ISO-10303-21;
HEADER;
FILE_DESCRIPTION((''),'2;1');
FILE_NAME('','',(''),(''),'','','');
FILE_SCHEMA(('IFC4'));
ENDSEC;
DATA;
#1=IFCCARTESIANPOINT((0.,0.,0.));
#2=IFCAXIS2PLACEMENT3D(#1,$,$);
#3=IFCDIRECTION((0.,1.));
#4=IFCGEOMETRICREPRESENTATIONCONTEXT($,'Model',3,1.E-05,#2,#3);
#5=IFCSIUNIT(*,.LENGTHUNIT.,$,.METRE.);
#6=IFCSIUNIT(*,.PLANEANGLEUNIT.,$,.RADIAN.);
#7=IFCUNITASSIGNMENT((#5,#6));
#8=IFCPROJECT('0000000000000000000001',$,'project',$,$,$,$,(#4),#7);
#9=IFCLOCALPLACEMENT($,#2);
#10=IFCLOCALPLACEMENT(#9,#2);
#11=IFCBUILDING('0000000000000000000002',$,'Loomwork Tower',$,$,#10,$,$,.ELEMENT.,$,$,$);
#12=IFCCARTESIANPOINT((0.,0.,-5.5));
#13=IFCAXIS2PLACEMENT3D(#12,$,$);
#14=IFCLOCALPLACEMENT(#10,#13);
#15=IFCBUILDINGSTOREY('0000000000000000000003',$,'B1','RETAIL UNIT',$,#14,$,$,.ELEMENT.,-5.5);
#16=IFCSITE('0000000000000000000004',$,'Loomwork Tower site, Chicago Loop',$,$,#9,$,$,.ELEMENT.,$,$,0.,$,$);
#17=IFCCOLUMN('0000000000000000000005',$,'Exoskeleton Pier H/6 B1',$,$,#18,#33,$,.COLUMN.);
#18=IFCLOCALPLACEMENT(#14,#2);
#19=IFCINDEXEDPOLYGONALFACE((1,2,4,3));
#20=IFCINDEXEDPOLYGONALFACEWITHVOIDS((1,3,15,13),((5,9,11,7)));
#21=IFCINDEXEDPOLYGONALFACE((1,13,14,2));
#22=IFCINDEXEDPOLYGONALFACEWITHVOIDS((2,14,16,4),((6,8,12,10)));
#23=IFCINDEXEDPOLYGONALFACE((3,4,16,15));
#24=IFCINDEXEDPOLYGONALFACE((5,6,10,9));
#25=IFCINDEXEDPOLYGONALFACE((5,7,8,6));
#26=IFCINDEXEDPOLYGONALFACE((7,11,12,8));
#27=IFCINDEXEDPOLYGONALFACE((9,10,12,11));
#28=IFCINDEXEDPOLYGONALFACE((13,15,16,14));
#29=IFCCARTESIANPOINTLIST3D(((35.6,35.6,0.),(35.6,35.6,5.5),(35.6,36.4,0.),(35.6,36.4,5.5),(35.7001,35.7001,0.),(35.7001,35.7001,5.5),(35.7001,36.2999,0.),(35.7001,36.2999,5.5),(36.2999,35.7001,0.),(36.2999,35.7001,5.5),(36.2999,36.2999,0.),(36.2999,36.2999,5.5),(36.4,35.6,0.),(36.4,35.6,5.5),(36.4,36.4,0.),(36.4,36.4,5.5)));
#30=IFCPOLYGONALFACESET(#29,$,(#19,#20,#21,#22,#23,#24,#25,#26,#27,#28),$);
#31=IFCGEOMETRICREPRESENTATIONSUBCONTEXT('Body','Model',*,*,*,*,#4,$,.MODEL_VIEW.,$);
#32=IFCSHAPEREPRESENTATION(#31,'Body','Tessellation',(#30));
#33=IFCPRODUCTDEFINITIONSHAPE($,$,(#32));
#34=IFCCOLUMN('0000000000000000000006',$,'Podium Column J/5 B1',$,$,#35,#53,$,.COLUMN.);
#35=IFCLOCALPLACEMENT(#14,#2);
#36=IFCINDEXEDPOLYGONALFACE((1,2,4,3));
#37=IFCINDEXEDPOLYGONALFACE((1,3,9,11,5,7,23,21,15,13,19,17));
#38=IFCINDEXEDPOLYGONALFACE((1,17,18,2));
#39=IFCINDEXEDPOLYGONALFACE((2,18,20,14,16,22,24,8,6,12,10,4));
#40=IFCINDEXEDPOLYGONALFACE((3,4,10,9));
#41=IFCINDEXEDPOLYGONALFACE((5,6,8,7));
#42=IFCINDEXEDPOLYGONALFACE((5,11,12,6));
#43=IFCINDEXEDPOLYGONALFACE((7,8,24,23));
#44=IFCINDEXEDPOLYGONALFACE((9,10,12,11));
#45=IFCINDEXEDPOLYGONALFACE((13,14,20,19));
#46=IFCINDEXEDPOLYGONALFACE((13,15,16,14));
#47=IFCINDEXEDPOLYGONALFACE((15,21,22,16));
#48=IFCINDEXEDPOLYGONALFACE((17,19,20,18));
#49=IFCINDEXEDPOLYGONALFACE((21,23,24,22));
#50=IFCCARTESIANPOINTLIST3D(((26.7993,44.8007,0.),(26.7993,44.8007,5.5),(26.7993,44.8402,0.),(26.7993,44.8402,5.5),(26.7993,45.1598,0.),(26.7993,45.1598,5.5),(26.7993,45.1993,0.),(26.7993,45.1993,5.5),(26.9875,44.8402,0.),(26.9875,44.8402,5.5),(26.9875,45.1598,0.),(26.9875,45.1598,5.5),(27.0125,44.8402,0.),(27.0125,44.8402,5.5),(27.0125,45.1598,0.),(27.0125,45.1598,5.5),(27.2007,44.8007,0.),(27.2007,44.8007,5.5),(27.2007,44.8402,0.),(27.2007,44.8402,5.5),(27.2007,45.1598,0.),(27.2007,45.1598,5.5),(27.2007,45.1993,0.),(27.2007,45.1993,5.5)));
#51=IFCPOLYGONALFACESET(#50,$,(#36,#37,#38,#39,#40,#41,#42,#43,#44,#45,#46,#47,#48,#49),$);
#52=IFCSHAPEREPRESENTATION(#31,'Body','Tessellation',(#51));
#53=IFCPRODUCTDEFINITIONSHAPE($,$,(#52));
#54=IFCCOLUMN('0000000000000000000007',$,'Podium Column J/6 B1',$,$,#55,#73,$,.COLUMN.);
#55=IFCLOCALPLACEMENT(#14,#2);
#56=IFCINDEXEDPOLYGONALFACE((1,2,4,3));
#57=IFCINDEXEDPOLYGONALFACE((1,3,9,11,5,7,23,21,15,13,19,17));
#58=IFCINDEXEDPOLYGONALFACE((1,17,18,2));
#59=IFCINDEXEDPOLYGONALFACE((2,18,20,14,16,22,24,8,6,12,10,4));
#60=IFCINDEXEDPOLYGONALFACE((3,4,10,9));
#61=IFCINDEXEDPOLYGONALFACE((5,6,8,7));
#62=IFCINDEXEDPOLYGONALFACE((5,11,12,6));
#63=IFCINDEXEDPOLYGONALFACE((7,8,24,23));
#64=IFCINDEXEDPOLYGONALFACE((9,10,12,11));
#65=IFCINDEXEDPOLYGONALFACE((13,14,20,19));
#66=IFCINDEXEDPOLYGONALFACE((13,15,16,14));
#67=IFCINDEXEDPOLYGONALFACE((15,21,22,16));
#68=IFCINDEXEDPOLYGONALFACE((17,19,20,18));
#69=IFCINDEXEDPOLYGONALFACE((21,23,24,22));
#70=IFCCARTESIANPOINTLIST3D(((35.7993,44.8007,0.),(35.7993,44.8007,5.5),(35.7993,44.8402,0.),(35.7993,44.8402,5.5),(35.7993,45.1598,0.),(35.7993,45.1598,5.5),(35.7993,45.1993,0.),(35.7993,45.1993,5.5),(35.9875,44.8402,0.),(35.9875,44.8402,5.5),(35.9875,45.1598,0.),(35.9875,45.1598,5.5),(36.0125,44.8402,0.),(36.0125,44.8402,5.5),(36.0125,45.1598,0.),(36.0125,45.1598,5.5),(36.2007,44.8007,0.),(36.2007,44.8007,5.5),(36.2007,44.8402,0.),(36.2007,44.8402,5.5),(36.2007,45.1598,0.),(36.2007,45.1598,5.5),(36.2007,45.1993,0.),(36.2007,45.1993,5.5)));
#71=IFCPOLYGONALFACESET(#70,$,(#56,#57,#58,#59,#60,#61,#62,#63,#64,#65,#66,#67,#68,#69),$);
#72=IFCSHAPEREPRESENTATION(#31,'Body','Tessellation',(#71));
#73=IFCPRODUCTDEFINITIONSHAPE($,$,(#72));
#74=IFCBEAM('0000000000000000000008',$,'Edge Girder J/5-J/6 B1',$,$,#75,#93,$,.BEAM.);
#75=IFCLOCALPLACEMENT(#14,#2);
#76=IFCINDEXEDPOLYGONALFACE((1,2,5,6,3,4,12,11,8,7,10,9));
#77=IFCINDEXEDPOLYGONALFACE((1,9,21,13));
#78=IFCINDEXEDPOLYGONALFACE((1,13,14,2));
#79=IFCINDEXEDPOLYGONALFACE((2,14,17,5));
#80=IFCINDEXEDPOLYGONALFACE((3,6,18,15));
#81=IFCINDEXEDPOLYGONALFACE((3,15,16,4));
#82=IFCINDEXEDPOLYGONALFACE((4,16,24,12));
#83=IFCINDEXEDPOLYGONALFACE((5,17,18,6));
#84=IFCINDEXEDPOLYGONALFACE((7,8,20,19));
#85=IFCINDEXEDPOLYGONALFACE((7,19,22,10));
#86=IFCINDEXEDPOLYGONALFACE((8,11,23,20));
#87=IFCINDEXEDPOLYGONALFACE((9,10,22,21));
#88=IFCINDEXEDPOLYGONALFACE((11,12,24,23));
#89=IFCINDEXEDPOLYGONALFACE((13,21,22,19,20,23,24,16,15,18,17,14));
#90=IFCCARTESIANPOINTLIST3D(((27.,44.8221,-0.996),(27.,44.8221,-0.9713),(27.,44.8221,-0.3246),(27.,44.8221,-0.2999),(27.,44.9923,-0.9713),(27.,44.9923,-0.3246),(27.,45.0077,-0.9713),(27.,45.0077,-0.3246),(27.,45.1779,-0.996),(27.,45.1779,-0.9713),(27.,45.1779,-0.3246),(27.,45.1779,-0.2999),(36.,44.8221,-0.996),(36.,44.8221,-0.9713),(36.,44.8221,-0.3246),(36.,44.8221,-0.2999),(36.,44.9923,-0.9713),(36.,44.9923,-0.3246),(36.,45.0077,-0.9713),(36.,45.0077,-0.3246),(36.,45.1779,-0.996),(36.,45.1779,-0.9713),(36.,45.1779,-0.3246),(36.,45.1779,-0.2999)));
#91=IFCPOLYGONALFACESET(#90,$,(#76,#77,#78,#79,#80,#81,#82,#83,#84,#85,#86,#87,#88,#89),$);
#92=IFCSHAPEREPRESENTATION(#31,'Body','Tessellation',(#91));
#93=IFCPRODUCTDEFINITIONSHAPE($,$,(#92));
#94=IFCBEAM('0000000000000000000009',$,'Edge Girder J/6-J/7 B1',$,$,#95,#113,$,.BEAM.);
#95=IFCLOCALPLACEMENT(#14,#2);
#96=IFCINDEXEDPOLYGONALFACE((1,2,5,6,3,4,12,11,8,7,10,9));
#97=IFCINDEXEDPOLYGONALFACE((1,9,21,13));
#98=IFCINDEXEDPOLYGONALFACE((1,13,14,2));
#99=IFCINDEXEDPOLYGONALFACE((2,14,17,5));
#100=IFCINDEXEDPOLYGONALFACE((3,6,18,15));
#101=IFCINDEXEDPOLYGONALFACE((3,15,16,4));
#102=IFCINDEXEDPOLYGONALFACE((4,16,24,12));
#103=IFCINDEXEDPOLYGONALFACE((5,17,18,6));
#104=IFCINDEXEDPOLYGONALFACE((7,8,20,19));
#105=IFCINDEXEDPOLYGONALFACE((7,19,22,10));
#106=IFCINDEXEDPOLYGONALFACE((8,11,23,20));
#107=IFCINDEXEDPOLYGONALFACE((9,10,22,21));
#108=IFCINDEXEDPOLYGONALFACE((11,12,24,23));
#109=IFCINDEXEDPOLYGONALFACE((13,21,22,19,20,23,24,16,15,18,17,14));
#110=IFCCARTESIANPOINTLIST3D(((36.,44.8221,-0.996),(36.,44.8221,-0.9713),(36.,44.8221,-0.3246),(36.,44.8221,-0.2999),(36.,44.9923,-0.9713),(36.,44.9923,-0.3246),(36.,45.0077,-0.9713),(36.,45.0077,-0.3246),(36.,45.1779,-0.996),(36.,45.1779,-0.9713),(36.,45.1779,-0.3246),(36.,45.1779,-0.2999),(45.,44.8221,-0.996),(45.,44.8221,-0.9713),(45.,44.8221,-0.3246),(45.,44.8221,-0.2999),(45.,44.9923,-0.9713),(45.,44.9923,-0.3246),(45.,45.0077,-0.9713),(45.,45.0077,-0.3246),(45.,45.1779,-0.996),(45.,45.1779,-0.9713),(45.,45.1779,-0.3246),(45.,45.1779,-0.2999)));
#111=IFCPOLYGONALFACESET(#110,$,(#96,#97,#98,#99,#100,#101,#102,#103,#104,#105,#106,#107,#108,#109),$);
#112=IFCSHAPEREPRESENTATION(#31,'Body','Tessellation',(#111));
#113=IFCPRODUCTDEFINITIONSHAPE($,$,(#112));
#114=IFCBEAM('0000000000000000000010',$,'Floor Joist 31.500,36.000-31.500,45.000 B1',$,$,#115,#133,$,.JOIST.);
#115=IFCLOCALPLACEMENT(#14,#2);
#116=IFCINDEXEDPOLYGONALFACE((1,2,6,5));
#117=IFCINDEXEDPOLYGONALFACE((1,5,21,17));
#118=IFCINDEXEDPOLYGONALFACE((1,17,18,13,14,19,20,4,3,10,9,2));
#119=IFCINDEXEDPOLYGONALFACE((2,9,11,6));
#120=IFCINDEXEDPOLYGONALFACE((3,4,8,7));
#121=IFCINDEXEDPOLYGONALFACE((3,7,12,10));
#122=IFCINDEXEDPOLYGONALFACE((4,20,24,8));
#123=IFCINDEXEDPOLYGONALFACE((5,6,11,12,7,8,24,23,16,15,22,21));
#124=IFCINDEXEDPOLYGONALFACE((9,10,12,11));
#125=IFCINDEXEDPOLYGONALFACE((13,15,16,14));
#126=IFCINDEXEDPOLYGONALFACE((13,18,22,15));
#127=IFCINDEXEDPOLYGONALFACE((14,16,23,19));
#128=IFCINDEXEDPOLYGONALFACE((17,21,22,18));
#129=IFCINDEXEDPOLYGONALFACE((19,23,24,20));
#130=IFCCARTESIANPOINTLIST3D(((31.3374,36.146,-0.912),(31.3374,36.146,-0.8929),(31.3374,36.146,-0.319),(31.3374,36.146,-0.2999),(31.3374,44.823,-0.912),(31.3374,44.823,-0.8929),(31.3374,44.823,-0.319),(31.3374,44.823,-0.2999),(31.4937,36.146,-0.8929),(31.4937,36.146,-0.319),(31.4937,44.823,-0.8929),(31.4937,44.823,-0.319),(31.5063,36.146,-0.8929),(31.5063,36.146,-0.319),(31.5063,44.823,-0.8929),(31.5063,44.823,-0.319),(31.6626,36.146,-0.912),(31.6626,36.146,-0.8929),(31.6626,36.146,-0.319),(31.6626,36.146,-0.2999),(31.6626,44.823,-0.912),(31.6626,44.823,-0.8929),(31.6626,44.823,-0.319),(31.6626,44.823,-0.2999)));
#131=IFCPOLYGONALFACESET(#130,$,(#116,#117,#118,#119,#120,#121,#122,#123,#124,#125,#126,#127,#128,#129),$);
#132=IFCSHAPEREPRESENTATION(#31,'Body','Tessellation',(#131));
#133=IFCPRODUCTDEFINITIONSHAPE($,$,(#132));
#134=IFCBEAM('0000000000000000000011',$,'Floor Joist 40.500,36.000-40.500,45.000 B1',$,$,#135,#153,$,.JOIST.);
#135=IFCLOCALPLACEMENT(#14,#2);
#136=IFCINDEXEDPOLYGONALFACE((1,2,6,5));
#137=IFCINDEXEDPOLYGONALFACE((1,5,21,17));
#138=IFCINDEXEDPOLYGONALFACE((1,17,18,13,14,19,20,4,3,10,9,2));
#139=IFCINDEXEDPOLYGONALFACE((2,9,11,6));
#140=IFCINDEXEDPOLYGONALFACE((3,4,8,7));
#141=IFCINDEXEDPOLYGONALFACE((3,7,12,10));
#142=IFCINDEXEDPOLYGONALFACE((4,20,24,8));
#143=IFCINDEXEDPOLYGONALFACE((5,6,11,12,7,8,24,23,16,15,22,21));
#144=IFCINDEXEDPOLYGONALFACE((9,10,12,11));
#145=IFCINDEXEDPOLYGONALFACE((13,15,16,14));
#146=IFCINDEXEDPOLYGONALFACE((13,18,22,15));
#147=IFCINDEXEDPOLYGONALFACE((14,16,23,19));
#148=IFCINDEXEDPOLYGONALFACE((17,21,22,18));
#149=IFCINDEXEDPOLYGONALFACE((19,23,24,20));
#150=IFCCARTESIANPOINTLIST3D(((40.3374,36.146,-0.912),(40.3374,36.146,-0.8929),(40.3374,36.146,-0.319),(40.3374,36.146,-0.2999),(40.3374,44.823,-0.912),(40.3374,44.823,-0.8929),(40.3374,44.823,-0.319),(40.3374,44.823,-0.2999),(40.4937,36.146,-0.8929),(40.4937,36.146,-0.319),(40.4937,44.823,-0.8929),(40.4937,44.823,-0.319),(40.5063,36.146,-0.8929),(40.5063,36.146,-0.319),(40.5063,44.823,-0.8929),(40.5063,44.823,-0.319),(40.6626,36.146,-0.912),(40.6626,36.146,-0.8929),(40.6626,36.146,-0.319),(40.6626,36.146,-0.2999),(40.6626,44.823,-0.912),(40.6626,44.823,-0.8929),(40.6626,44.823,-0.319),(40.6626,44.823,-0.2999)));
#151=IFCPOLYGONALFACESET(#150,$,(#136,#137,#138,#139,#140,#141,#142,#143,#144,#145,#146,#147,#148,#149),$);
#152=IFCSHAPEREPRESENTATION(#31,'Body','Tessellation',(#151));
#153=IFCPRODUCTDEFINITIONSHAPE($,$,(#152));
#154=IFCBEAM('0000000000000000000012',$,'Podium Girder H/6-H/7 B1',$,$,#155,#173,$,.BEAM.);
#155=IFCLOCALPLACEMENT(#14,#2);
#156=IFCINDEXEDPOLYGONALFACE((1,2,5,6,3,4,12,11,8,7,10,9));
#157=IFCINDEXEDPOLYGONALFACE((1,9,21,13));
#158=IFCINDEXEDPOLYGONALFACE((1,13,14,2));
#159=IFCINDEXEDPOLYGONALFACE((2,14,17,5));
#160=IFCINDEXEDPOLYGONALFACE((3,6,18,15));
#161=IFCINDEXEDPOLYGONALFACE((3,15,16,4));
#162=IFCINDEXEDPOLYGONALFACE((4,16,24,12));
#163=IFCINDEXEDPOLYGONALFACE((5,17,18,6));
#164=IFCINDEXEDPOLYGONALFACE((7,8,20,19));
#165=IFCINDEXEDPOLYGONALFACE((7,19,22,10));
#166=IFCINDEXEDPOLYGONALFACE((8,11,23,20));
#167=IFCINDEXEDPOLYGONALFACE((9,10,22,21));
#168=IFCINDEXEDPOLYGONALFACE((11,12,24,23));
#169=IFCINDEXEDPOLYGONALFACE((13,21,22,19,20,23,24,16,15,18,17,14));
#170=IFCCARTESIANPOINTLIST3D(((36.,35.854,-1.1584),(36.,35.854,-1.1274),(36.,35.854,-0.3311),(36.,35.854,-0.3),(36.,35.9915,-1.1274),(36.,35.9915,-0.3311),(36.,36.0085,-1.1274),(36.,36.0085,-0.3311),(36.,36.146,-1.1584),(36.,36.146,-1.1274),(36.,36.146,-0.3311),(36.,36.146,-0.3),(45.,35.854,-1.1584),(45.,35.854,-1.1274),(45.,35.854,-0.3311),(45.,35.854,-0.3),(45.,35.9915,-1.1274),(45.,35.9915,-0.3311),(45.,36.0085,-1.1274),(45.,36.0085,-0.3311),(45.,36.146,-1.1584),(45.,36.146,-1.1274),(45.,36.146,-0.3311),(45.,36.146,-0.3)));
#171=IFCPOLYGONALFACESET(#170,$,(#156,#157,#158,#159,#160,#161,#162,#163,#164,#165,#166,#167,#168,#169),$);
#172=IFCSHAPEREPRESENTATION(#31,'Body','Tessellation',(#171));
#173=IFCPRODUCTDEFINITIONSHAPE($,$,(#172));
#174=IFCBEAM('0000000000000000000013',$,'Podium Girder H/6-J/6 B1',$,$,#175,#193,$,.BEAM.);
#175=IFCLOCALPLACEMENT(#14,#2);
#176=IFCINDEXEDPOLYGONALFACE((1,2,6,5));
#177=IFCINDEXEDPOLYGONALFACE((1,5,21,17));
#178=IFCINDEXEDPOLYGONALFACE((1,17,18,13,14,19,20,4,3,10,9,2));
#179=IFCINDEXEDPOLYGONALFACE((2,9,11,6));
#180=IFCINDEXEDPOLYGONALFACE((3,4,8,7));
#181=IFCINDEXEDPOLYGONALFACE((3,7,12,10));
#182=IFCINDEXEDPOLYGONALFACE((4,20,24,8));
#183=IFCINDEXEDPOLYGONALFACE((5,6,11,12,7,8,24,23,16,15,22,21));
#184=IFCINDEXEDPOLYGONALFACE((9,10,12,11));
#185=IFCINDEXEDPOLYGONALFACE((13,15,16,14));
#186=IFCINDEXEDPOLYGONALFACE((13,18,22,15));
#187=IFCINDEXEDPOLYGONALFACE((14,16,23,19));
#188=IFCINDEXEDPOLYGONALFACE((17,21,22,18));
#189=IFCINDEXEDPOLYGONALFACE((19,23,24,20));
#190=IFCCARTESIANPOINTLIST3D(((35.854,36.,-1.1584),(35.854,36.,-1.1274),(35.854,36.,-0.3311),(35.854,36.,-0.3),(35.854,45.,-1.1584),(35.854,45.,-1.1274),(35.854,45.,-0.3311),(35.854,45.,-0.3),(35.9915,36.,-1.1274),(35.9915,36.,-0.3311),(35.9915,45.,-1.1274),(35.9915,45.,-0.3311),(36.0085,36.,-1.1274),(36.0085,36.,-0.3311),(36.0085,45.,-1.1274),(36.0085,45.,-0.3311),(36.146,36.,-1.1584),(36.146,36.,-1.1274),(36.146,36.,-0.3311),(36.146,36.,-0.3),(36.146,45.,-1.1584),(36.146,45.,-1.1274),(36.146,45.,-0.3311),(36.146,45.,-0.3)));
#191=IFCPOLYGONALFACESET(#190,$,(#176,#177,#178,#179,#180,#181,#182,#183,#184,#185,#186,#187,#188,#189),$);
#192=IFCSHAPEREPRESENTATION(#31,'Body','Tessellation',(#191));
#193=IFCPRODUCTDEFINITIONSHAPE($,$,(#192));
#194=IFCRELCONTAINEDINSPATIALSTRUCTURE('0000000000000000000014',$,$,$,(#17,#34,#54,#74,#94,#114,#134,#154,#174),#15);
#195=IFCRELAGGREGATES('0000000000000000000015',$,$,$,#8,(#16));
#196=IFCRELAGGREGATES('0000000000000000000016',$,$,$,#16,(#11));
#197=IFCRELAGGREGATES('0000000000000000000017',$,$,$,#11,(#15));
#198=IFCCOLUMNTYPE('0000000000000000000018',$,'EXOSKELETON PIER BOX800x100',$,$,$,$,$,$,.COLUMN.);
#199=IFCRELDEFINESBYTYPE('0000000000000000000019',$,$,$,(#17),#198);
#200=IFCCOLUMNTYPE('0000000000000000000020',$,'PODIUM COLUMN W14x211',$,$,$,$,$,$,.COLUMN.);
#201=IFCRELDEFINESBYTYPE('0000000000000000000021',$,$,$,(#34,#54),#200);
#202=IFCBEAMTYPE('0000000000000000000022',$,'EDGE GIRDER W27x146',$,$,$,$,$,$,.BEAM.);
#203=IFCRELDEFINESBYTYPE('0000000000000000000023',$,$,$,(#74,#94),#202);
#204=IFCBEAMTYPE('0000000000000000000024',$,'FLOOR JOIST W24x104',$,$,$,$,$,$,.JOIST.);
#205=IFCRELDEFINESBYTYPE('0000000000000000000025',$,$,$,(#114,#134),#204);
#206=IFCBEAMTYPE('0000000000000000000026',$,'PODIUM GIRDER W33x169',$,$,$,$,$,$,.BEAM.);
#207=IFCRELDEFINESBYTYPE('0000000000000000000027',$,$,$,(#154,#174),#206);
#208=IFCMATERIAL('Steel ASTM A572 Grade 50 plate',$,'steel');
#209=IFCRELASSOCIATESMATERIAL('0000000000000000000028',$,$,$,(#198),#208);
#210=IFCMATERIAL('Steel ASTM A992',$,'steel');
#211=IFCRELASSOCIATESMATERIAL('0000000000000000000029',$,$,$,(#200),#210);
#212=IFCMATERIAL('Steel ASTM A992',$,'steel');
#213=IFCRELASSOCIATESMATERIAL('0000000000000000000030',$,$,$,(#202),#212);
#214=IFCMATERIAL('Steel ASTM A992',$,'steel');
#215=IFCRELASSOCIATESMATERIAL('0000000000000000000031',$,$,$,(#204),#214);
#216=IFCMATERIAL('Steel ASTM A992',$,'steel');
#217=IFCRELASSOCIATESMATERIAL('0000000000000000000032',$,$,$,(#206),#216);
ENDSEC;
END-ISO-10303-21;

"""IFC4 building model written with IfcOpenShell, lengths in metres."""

from ifc_helpers import new_model, si_unit, direction, frame, origin, origin_2d, place, context, subcontext, project, spatial, hollow_rectangle, i_section, extrude, material, material_profile, profile_set, type_object, element, save


model = new_model("IFC4")

# Units and contexts
model_context = context("Model", 3, precision=1e-05, world=origin(), true_north=direction((0.0, 1.0)))
body_context = subcontext(model_context, "Body", "Model", "MODEL_VIEW")
ifc_project = project(units=[si_unit("LENGTHUNIT", "METRE"), si_unit("PLANEANGLEUNIT", "RADIAN")], contexts=[model_context])

# Site, building, storey
site_placement = place(None, origin())
site = spatial("IfcSite", under=ifc_project, at=site_placement, Name="Loomwork Tower site, Chicago Loop", CompositionType="ELEMENT", RefElevation=0.0)
building_placement = place(site_placement, origin())
building = spatial("IfcBuilding", under=site, at=building_placement, Name="Loomwork Tower", CompositionType="ELEMENT")
storey_placement = place(building_placement, frame((0.0, 0.0, -5.5)))
storey = spatial("IfcBuildingStorey", under=building, at=storey_placement, Name="B1", Description="RETAIL UNIT", CompositionType="ELEMENT", Elevation=-5.5)

# Columns
ifc_material_1 = material(Name="Steel ASTM A572 Grade 50 plate", Category="steel")
ifc_material_profile_1 = material_profile(ifc_material_1, hollow_rectangle(XDim=0.8, YDim=0.8, WallThickness=0.1001, at=origin_2d()), Name="BOX800x100")
ifc_profile_set_1 = profile_set([ifc_material_profile_1], Name="Steel ASTM A572 Grade 50 plate")
column_type_1 = type_object("IfcColumnType", Name="EXOSKELETON PIER BOX800x100", PredefinedType="COLUMN", material=ifc_profile_set_1)
column_placement = place(storey_placement, frame((36.0, 36.0, 0.0), z_axis=(0.0, 0.0, 1.0), x_axis=(1.0, 0.0, 0.0)))
element("IfcColumn", 1, at=column_placement, inside=storey, type_object=column_type_1, Name="Exoskeleton Pier H/6 B1", PredefinedType="COLUMN", context=body_context, shape_type="SweptSolid", body=[
    extrude(hollow_rectangle(XDim=0.8, YDim=0.8, WallThickness=0.1001, at=origin_2d()), origin(), (0.0, 0.0, 1.0), 5.5),
])
ifc_material_2 = material(Name="Steel ASTM A992", Category="steel")
ifc_material_profile_2 = material_profile(ifc_material_2, i_section(OverallWidth=0.4014, OverallDepth=0.3987, WebThickness=0.0249, FlangeThickness=0.0396, at=origin_2d()), Name="W14x211")
ifc_profile_set_2 = profile_set([ifc_material_profile_2], Name="Steel ASTM A992")
column_type_2 = type_object("IfcColumnType", Name="PODIUM COLUMN W14x211", PredefinedType="COLUMN", material=ifc_profile_set_2)
for number, where, z_axis, x_axis, name in (
    (2, (27.0, 45.0, 0.0), (0.0, 0.0, 1.0), (1.0, 0.0, 0.0), "Podium Column J/5 B1"),
    (3, (36.0, 45.0, 0.0), (0.0, 0.0, 1.0), (1.0, 0.0, 0.0), "Podium Column J/6 B1"),
):
    element("IfcColumn", number, at=place(storey_placement, frame(where, z_axis=z_axis, x_axis=x_axis)), inside=storey, type_object=column_type_2, Name=name, PredefinedType="COLUMN", context=body_context, shape_type="SweptSolid", body=[
        extrude(i_section(OverallWidth=0.4014, OverallDepth=0.3987, WebThickness=0.0249, FlangeThickness=0.0396, at=origin_2d()), origin(), (0.0, 0.0, 1.0), 5.5),
    ])

# Beams
ifc_material_3 = material(Name="Steel ASTM A992", Category="steel")
ifc_material_profile_3 = material_profile(ifc_material_3, i_section(OverallWidth=0.3557, OverallDepth=0.696, WebThickness=0.0154, FlangeThickness=0.0247, at=origin_2d()), Name="W27x146")
ifc_profile_set_3 = profile_set([ifc_material_profile_3], Name="Steel ASTM A992")
beam_type_1 = type_object("IfcBeamType", Name="EDGE GIRDER W27x146", PredefinedType="BEAM", material=ifc_profile_set_3)
for number, where, z_axis, x_axis, name in (
    (4, (27.0, 45.0, -0.6479), (1.0, 0.0, 0.0), (0.0, 1.0, 0.0), "Edge Girder J/5-J/6 B1"),
    (5, (36.0, 45.0, -0.6479), (1.0, 0.0, 0.0), (0.0, 1.0, 0.0), "Edge Girder J/6-J/7 B1"),
):
    element("IfcBeam", number, at=place(storey_placement, frame(where, z_axis=z_axis, x_axis=x_axis)), inside=storey, type_object=beam_type_1, Name=name, PredefinedType="BEAM", context=body_context, shape_type="SweptSolid", body=[
        extrude(i_section(OverallWidth=0.3557, OverallDepth=0.696, WebThickness=0.0154, FlangeThickness=0.0247, at=origin_2d()), origin(), (0.0, 0.0, 1.0), 9.0),
    ])
ifc_material_4 = material(Name="Steel ASTM A992", Category="steel")
ifc_material_profile_4 = material_profile(ifc_material_4, i_section(OverallWidth=0.3252, OverallDepth=0.6121, WebThickness=0.0127, FlangeThickness=0.019, at=origin_2d()), Name="W24x104")
ifc_profile_set_4 = profile_set([ifc_material_profile_4], Name="Steel ASTM A992")
beam_type_2 = type_object("IfcBeamType", Name="FLOOR JOIST W24x104", PredefinedType="JOIST", material=ifc_profile_set_4)
for number, where, z_axis, x_axis, name in (
    (6, (31.5, 36.146, -0.606), (0.0, 1.0, 0.0), (-1.0, 0.0, 0.0), "Floor Joist 31.500,36.000-31.500,45.000 B1"),
    (7, (40.5, 36.146, -0.606), (0.0, 1.0, 0.0), (-1.0, 0.0, 0.0), "Floor Joist 40.500,36.000-40.500,45.000 B1"),
):
    element("IfcBeam", number, at=place(storey_placement, frame(where, z_axis=z_axis, x_axis=x_axis)), inside=storey, type_object=beam_type_2, Name=name, PredefinedType="JOIST", context=body_context, shape_type="SweptSolid", body=[
        extrude(i_section(OverallWidth=0.3252, OverallDepth=0.6121, WebThickness=0.0127, FlangeThickness=0.019, at=origin_2d()), origin(), (0.0, 0.0, 1.0), 8.677),
    ])
ifc_material_5 = material(Name="Steel ASTM A992", Category="steel")
ifc_material_profile_5 = material_profile(ifc_material_5, i_section(OverallWidth=0.292, OverallDepth=0.8584, WebThickness=0.0171, FlangeThickness=0.031, at=origin_2d()), Name="W33x169")
ifc_profile_set_5 = profile_set([ifc_material_profile_5], Name="Steel ASTM A992")
beam_type_3 = type_object("IfcBeamType", Name="PODIUM GIRDER W33x169", PredefinedType="BEAM", material=ifc_profile_set_5)
for number, where, z_axis, x_axis, name in (
    (8, (36.0, 36.0, -0.7292), (1.0, 0.0, 0.0), (0.0, 1.0, 0.0), "Podium Girder H/6-H/7 B1"),
    (9, (36.0, 36.0, -0.7292), (0.0, 1.0, 0.0), (-1.0, 0.0, 0.0), "Podium Girder H/6-J/6 B1"),
):
    element("IfcBeam", number, at=place(storey_placement, frame(where, z_axis=z_axis, x_axis=x_axis)), inside=storey, type_object=beam_type_3, Name=name, PredefinedType="BEAM", context=body_context, shape_type="SweptSolid", body=[
        extrude(i_section(OverallWidth=0.292, OverallDepth=0.8584, WebThickness=0.0171, FlangeThickness=0.031, at=origin_2d()), origin(), (0.0, 0.0, 1.0), 9.0),
    ])

save(model, "model.ifc")
